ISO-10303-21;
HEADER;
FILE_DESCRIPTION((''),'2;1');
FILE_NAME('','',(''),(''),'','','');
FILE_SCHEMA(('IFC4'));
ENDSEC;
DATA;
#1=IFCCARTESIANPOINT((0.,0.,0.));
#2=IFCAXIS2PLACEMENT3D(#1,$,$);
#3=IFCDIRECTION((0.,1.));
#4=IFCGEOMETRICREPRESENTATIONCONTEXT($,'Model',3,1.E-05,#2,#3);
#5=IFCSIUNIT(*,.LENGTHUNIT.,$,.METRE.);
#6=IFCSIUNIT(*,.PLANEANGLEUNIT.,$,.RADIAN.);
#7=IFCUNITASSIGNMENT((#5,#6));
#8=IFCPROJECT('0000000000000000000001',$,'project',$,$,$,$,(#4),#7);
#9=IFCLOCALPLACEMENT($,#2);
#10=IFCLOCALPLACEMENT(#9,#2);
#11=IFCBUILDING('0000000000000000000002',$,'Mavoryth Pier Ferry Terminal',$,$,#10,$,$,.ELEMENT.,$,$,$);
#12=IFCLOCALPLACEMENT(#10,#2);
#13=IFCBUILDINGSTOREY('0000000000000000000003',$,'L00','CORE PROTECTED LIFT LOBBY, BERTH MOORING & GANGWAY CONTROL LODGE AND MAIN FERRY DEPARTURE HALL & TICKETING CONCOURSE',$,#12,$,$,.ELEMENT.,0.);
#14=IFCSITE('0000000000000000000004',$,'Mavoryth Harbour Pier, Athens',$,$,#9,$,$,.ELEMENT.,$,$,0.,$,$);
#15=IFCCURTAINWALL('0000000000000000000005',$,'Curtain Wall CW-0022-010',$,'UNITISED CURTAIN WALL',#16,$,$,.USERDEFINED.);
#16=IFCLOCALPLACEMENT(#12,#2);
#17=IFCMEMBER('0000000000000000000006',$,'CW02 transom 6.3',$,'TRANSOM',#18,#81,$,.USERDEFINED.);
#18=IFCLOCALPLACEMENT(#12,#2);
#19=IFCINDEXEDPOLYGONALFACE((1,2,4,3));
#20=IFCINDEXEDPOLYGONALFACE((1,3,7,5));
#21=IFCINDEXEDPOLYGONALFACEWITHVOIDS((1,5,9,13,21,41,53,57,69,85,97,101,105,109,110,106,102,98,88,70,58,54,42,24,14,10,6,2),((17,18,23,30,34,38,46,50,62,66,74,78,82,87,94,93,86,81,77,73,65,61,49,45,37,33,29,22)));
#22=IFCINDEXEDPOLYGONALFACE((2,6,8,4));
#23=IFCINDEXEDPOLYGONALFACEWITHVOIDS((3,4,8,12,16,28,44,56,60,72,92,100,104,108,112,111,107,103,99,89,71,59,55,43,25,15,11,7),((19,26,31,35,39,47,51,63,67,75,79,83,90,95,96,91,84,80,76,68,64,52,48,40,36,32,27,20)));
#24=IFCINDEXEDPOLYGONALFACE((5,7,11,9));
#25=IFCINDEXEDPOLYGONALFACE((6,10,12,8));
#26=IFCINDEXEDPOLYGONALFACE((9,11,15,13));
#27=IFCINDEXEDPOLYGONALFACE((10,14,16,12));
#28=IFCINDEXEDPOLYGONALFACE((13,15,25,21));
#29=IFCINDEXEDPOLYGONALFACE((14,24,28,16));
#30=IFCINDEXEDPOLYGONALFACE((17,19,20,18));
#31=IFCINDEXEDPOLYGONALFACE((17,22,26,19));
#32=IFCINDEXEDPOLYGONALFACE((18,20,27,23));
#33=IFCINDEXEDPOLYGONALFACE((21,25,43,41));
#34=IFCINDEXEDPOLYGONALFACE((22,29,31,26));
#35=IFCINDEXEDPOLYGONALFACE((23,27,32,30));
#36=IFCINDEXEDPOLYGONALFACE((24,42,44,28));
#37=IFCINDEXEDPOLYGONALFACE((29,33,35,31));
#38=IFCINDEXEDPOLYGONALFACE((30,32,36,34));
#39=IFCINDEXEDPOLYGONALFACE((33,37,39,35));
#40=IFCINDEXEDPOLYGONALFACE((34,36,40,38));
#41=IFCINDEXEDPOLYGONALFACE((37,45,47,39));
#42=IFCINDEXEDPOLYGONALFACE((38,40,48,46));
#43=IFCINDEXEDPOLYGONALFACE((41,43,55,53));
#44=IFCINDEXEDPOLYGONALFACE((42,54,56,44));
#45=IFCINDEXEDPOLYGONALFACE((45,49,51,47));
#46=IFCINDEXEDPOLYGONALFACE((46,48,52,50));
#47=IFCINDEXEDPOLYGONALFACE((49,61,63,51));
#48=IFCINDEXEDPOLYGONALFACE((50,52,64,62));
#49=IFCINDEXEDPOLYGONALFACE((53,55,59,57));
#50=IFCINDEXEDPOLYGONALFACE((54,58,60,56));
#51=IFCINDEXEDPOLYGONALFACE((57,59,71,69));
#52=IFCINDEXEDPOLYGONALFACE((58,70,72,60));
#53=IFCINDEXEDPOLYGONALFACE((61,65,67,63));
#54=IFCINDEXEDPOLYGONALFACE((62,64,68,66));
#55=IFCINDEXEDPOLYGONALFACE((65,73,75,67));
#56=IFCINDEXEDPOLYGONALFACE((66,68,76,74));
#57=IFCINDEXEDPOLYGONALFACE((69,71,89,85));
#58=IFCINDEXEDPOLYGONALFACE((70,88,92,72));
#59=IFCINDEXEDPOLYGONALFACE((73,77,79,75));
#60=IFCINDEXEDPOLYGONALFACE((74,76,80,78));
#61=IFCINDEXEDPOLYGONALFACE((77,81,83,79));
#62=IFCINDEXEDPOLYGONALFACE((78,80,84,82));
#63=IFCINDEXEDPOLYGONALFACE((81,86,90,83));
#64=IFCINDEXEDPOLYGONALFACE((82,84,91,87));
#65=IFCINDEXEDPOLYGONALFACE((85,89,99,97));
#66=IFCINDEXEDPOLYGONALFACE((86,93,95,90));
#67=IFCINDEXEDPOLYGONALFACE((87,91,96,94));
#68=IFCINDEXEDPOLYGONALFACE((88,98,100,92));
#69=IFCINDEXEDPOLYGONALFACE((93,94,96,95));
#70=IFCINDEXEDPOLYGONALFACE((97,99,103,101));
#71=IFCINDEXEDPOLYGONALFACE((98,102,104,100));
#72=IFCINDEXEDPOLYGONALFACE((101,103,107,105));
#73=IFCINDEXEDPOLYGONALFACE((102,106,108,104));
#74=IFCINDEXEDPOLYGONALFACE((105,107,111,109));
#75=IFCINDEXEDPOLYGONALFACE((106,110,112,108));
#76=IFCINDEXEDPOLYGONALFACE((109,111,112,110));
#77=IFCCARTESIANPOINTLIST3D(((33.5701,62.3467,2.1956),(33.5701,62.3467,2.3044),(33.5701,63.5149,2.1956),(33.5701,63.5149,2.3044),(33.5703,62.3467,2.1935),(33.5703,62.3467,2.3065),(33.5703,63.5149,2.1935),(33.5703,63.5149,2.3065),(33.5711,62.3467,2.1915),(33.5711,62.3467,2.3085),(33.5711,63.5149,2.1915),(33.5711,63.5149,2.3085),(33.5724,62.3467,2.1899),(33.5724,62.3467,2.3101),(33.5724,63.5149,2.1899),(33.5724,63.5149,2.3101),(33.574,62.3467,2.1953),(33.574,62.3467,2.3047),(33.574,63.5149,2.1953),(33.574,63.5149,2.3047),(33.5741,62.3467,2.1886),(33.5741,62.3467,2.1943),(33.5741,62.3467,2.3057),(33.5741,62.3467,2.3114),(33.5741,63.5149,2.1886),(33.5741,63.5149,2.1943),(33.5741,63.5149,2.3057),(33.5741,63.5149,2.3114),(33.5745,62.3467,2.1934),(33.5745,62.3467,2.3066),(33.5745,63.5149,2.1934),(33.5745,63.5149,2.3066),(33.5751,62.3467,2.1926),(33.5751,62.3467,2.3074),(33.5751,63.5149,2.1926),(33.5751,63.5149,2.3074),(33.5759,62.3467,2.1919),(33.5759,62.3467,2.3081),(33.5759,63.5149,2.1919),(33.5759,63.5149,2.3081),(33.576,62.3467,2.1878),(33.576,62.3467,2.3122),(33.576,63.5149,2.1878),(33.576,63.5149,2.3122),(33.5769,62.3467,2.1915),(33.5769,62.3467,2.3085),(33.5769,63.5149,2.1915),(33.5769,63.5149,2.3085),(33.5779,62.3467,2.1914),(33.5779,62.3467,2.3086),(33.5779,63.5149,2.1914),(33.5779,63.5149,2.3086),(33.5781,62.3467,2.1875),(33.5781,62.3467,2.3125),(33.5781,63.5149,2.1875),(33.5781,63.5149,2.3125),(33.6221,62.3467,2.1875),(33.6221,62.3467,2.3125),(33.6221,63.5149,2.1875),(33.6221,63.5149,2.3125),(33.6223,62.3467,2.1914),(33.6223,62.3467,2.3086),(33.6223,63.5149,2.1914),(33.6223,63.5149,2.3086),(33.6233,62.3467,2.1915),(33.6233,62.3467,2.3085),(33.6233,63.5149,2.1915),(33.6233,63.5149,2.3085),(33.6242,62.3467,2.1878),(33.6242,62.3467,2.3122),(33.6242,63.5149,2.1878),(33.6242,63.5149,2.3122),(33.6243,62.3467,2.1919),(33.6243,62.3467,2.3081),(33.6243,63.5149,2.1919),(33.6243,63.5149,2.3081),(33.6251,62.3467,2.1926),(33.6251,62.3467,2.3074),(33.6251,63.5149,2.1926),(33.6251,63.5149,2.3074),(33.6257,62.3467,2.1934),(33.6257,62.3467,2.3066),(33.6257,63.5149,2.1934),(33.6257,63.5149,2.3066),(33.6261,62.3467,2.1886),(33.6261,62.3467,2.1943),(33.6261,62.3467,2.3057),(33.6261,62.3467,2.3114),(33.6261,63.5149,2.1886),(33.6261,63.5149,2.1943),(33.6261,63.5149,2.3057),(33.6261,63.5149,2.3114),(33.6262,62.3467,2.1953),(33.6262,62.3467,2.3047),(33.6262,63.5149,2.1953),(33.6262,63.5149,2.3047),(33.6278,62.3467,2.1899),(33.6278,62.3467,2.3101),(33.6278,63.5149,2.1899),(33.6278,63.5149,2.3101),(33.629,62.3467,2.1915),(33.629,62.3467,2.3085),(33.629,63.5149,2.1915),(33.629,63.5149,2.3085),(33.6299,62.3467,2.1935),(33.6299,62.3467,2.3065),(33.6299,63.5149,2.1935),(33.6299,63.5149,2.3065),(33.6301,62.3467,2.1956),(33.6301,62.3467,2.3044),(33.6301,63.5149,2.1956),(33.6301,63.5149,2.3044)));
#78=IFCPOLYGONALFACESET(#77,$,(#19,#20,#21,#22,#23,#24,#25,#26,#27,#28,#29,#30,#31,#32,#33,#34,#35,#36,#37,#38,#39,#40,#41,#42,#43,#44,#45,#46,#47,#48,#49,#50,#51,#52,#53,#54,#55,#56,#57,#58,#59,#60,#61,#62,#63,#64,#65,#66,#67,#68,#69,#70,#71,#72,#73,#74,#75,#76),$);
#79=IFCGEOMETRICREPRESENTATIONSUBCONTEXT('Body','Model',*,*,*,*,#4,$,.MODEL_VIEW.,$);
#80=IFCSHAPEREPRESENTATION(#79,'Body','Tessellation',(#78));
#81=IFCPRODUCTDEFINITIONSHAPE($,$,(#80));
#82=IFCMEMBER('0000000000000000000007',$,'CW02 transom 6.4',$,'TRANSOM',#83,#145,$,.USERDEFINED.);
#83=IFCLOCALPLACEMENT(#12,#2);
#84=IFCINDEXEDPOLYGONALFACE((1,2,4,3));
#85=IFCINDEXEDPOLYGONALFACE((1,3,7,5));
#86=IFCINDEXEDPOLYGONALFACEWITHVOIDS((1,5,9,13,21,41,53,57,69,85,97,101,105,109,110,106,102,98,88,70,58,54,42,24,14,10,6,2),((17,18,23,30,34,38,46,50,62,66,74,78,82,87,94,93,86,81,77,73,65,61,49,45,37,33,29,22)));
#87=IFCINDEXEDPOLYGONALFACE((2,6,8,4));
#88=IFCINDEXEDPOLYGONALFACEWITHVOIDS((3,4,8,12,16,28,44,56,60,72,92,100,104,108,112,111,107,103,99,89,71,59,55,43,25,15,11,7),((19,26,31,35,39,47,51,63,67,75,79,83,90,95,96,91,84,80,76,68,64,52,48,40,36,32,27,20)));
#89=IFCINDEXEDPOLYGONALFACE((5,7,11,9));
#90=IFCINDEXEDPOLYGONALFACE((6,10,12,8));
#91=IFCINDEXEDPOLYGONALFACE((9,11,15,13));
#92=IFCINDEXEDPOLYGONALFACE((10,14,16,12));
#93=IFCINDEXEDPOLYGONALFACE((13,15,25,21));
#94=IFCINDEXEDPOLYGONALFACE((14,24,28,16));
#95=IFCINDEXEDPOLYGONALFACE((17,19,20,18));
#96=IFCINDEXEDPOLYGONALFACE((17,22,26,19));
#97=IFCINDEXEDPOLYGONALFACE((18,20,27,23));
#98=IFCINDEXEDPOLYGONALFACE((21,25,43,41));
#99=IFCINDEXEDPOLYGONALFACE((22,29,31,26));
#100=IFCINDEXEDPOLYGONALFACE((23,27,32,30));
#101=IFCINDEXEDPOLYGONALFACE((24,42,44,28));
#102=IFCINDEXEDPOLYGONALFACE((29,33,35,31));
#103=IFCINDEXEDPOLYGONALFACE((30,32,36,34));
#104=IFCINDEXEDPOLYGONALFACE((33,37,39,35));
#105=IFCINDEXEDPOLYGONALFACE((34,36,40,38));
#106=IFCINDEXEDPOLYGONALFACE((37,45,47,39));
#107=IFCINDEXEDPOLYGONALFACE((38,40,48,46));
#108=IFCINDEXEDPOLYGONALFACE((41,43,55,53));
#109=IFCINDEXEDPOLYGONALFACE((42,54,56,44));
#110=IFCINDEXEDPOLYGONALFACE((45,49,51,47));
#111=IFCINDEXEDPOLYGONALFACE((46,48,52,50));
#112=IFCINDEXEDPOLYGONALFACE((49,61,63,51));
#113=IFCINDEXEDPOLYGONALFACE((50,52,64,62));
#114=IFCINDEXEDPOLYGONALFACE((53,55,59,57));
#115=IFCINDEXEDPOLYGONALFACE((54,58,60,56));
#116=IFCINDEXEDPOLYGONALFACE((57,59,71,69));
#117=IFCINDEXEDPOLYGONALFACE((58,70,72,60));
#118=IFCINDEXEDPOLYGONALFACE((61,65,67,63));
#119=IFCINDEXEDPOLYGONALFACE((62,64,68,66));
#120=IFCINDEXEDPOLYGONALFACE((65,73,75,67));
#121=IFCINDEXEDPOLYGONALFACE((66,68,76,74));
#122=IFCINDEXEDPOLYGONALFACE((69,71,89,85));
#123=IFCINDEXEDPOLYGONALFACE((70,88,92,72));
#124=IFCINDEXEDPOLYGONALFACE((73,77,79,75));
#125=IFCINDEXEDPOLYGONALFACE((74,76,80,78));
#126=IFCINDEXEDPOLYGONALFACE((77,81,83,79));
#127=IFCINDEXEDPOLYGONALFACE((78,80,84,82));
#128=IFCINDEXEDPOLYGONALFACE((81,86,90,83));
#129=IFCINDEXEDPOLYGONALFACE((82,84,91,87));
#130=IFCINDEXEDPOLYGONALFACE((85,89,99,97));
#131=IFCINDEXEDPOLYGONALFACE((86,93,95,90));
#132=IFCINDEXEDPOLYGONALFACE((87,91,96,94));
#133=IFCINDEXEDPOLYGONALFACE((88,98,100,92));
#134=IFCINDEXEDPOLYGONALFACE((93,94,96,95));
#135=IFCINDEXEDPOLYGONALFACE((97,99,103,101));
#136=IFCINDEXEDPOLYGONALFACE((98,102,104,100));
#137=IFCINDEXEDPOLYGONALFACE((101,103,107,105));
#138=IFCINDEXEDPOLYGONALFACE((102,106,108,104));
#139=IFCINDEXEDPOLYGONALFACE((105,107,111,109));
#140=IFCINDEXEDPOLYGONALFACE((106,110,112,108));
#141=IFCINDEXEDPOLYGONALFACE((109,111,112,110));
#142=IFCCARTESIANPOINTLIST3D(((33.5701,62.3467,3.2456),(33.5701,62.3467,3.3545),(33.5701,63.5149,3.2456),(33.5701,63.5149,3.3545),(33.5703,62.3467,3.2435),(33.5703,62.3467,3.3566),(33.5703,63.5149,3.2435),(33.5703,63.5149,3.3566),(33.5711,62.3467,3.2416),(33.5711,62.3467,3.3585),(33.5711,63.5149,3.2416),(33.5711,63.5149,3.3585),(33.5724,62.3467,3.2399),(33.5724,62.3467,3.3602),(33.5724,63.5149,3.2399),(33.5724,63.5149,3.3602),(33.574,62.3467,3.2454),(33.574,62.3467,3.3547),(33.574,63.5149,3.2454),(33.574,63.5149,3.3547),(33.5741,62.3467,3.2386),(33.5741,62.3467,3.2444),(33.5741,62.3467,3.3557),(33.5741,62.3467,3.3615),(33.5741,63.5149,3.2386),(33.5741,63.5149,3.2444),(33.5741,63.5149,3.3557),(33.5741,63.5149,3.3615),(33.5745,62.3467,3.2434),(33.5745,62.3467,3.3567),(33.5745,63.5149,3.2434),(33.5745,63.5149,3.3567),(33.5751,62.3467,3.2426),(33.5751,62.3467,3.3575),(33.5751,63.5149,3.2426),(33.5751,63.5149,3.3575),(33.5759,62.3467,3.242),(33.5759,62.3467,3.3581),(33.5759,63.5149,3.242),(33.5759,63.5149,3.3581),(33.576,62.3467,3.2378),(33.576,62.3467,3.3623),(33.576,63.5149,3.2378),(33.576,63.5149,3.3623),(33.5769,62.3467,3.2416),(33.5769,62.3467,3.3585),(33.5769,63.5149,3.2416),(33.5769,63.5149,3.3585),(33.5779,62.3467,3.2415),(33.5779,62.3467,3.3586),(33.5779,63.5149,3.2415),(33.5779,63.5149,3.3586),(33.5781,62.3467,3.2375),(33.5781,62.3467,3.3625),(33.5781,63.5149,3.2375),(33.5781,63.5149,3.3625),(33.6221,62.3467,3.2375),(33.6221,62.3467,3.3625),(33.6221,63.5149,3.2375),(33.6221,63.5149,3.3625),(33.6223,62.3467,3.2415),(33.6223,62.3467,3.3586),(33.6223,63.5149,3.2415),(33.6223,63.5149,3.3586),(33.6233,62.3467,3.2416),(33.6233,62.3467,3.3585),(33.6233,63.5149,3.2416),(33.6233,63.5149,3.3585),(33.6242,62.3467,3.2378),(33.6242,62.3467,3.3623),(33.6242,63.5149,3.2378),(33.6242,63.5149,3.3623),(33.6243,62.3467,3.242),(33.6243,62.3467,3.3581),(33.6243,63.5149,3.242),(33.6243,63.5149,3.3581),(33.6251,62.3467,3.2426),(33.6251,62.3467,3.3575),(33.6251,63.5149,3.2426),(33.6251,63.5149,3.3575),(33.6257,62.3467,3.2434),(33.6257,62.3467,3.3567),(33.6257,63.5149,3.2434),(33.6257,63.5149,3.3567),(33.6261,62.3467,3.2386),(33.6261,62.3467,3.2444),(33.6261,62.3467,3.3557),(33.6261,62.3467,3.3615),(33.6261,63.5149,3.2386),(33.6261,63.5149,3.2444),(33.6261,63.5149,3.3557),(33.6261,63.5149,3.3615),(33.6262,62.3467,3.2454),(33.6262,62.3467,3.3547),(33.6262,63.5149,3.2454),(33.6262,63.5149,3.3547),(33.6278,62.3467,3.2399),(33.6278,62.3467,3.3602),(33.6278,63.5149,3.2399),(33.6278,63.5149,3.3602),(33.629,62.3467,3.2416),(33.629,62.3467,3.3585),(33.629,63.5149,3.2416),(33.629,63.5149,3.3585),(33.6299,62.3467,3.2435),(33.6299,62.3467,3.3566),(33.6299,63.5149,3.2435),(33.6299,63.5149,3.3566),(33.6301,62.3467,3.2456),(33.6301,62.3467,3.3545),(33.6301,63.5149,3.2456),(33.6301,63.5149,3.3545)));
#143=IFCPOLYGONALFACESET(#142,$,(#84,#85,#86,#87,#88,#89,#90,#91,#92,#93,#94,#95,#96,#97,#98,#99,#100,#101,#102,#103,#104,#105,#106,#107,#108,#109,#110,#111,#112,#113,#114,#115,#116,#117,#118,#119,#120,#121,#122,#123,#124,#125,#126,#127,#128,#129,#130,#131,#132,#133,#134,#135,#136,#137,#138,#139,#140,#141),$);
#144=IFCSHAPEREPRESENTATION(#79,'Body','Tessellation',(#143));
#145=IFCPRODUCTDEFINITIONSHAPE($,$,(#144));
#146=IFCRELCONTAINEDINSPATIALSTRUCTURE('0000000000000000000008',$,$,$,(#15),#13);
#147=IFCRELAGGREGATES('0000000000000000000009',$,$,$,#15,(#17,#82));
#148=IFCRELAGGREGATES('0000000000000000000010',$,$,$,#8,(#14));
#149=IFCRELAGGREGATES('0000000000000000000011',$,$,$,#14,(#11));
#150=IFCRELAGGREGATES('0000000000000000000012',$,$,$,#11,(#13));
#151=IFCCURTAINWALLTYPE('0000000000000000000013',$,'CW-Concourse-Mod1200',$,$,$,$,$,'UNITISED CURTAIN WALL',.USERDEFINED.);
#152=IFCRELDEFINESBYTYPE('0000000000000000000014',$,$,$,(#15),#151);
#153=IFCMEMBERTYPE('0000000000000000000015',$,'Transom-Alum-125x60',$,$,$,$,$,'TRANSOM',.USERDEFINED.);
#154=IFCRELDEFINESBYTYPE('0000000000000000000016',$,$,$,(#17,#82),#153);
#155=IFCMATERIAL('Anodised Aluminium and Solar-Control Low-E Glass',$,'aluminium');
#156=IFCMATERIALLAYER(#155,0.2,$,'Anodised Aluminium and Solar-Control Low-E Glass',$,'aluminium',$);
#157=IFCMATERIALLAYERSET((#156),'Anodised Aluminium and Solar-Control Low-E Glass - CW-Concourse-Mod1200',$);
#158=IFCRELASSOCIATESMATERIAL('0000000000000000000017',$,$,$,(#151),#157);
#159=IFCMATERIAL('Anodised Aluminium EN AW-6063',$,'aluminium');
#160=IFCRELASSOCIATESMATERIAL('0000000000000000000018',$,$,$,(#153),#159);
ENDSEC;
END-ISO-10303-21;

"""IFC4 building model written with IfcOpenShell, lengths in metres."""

from ifc_helpers import new_model, si_unit, direction, frame, origin, origin_2d, place, context, subcontext, project, spatial, hollow_rectangle, extrude, material, layer, layer_set, material_profile, profile_set, type_object, element, aggregate, save


model = new_model("IFC4")

# Units and contexts
model_context = context("Model", 3, precision=1e-05, world=origin(), true_north=direction((0.0, 1.0)))
body_context = subcontext(model_context, "Body", "Model", "MODEL_VIEW")
ifc_project = project(units=[si_unit("LENGTHUNIT", "METRE"), si_unit("PLANEANGLEUNIT", "RADIAN")], contexts=[model_context])

# Site, building, storey
site_placement = place(None, origin())
site = spatial("IfcSite", under=ifc_project, at=site_placement, Name="Mavoryth Harbour Pier, Athens", CompositionType="ELEMENT", RefElevation=0.0)
building_placement = place(site_placement, origin())
building = spatial("IfcBuilding", under=site, at=building_placement, Name="Mavoryth Pier Ferry Terminal", CompositionType="ELEMENT")
storey_placement = place(building_placement, origin())
storey = spatial("IfcBuildingStorey", under=building, at=storey_placement, Name="L00", Description="CORE PROTECTED LIFT LOBBY, BERTH MOORING & GANGWAY CONTROL LODGE AND MAIN FERRY DEPARTURE HALL & TICKETING CONCOURSE", CompositionType="ELEMENT", Elevation=0.0)

# Curtain wall, members
ifc_material_1 = material(Name="Anodised Aluminium and Solar-Control Low-E Glass", Category="aluminium")
ifc_layer_1 = layer(ifc_material_1, 0.2, Name="Anodised Aluminium and Solar-Control Low-E Glass", Category="aluminium")
ifc_layer_set_1 = layer_set([ifc_layer_1], Name="Anodised Aluminium and Solar-Control Low-E Glass - CW-Concourse-Mod1200")
curtain_wall_type = type_object("IfcCurtainWallType", Name="CW-Concourse-Mod1200", ElementType="UNITISED CURTAIN WALL", PredefinedType="USERDEFINED", material=ifc_layer_set_1)
curtain_wall_placement = place(storey_placement, origin())
curtain_wall = element("IfcCurtainWall", 1, at=curtain_wall_placement, inside=storey, type_object=curtain_wall_type, Name="Curtain Wall CW-0022-010", ObjectType="UNITISED CURTAIN WALL", PredefinedType="USERDEFINED")
ifc_material_2 = material(Name="Anodised Aluminium EN AW-6063", Category="aluminium")
ifc_material_profile_1 = material_profile(ifc_material_2, hollow_rectangle(XDim=0.0601, YDim=0.125, WallThickness=0.0039, InnerFilletRadius=0.0039, OuterFilletRadius=0.0081, at=origin_2d()), Name="AL-TRAN 125x60x4", Category="aluminium")
ifc_profile_set_1 = profile_set([ifc_material_profile_1], Name="Anodised Aluminium EN AW-6063 - AL-TRAN 125x60x4")
member_type_1 = type_object("IfcMemberType", Name="Transom-Alum-125x60", ElementType="TRANSOM", PredefinedType="USERDEFINED", material=ifc_profile_set_1)
member_1_placement = place(storey_placement, frame((33.6001, 62.3467, 2.25), z_axis=(0.0, 1.0, 0.0), x_axis=(-1.0, 0.0, 0.0)))
member_1 = element("IfcMember", 2, at=member_1_placement, type_object=member_type_1, Name="CW02 transom 6.3", ObjectType="TRANSOM", PredefinedType="USERDEFINED", context=body_context, shape_type="SweptSolid", body=[
    extrude(hollow_rectangle(XDim=0.0601, YDim=0.125, WallThickness=0.0039, InnerFilletRadius=0.0039, OuterFilletRadius=0.0081, at=origin_2d()), origin(), (0.0, 0.0, 1.0), 1.1682),
])
member_2_placement = place(storey_placement, frame((33.6001, 62.3467, 3.3), z_axis=(0.0, 1.0, 0.0), x_axis=(-1.0, 0.0, 0.0)))
member_2 = element("IfcMember", 3, at=member_2_placement, type_object=member_type_1, Name="CW02 transom 6.4", ObjectType="TRANSOM", PredefinedType="USERDEFINED", context=body_context, shape_type="SweptSolid", body=[
    extrude(hollow_rectangle(XDim=0.0601, YDim=0.125, WallThickness=0.0039, InnerFilletRadius=0.0039, OuterFilletRadius=0.0081, at=origin_2d()), origin(), (0.0, 0.0, 1.0), 1.1682),
])
aggregate(curtain_wall, [member_1, member_2])

save(model, "model.ifc")
